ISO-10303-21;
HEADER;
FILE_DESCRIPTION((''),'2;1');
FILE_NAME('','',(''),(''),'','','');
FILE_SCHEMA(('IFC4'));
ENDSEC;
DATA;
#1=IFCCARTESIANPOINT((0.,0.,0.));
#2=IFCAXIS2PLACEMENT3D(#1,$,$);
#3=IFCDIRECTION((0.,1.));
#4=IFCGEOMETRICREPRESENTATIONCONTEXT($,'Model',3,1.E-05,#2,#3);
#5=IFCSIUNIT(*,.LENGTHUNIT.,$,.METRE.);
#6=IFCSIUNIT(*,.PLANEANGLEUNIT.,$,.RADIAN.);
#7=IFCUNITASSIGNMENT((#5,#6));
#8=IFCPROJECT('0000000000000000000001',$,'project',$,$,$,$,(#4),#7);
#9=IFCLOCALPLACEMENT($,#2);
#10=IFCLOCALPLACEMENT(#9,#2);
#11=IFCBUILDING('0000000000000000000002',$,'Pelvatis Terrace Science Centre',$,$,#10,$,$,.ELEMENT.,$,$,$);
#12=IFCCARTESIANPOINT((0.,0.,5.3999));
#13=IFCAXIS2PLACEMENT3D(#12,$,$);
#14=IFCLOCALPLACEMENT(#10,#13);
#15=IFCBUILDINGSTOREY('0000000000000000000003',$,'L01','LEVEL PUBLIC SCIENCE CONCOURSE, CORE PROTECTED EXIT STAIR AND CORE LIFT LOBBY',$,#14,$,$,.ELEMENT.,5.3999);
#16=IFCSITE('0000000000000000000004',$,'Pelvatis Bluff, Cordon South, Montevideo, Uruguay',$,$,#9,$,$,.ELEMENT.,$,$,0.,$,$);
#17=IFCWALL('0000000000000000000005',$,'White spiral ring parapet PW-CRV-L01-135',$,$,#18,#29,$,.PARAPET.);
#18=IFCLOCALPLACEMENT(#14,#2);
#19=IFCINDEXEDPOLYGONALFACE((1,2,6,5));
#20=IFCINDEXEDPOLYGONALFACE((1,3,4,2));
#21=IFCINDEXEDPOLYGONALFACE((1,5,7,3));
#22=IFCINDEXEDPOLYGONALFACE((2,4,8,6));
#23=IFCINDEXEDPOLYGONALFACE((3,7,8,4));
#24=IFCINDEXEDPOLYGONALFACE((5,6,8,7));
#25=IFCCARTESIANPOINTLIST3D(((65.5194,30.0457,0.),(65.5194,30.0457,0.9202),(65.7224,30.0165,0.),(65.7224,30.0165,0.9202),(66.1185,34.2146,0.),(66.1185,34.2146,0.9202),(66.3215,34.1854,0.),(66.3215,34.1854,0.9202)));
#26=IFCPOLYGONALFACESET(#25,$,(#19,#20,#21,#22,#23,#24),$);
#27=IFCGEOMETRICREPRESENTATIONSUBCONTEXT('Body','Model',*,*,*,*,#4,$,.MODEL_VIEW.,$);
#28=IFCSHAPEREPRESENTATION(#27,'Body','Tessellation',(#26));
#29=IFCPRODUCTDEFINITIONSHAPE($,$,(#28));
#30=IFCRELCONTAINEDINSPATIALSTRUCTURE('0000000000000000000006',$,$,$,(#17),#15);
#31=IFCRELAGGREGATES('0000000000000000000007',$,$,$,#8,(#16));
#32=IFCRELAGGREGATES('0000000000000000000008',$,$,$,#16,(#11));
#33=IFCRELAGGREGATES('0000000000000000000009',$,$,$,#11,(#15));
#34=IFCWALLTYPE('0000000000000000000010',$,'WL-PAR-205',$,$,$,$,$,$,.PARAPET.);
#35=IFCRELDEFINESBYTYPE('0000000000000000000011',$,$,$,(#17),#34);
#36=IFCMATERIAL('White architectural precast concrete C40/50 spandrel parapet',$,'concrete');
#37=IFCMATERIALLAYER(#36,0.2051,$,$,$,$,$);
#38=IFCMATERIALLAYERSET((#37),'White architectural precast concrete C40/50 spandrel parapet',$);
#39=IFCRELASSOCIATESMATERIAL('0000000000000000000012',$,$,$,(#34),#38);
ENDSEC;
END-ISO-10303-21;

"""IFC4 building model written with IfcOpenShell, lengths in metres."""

from ifc_helpers import new_model, si_unit, direction, frame, frame_2d, origin, place, context, subcontext, project, spatial, rectangle, extrude, material, layer, layer_set, type_object, element, save


model = new_model("IFC4")

# Units and contexts
model_context = context("Model", 3, precision=1e-05, world=origin(), true_north=direction((0.0, 1.0)))
body_context = subcontext(model_context, "Body", "Model", "MODEL_VIEW")
ifc_project = project(units=[si_unit("LENGTHUNIT", "METRE"), si_unit("PLANEANGLEUNIT", "RADIAN")], contexts=[model_context])

# Site, building, storey
site_placement = place(None, origin())
site = spatial("IfcSite", under=ifc_project, at=site_placement, Name="Pelvatis Bluff, Cordon South, Montevideo, Uruguay", CompositionType="ELEMENT", RefElevation=0.0)
building_placement = place(site_placement, origin())
building = spatial("IfcBuilding", under=site, at=building_placement, Name="Pelvatis Terrace Science Centre", CompositionType="ELEMENT")
storey_placement = place(building_placement, frame((0.0, 0.0, 5.3999)))
storey = spatial("IfcBuildingStorey", under=building, at=storey_placement, Name="L01", Description="LEVEL PUBLIC SCIENCE CONCOURSE, CORE PROTECTED EXIT STAIR AND CORE LIFT LOBBY", CompositionType="ELEMENT", Elevation=5.3999)

# Wall
ifc_material_1 = material(Name="White architectural precast concrete C40/50 spandrel parapet", Category="concrete")
ifc_layer_1 = layer(ifc_material_1, 0.2051)
ifc_layer_set_1 = layer_set([ifc_layer_1], Name="White architectural precast concrete C40/50 spandrel parapet")
wall_type_1 = type_object("IfcWallType", Name="WL-PAR-205", PredefinedType="PARAPET", material=ifc_layer_set_1)
wall_1_placement = place(storey_placement, frame((65.6208, 30.031, 0.0), z_axis=(0.0, 0.0, 1.0), x_axis=(0.142249, 0.989831, 0.0)))
element("IfcWall", 1, at=wall_1_placement, inside=storey, type_object=wall_type_1, Name="White spiral ring parapet PW-CRV-L01-135", PredefinedType="PARAPET", context=body_context, shape_type="SweptSolid", body=[
    extrude(rectangle(XDim=4.2117, YDim=0.2051, at=frame_2d((2.106, 0.0))), origin(), (0.0, 0.0, 1.0), 0.9202),
])

save(model, "model.ifc")
